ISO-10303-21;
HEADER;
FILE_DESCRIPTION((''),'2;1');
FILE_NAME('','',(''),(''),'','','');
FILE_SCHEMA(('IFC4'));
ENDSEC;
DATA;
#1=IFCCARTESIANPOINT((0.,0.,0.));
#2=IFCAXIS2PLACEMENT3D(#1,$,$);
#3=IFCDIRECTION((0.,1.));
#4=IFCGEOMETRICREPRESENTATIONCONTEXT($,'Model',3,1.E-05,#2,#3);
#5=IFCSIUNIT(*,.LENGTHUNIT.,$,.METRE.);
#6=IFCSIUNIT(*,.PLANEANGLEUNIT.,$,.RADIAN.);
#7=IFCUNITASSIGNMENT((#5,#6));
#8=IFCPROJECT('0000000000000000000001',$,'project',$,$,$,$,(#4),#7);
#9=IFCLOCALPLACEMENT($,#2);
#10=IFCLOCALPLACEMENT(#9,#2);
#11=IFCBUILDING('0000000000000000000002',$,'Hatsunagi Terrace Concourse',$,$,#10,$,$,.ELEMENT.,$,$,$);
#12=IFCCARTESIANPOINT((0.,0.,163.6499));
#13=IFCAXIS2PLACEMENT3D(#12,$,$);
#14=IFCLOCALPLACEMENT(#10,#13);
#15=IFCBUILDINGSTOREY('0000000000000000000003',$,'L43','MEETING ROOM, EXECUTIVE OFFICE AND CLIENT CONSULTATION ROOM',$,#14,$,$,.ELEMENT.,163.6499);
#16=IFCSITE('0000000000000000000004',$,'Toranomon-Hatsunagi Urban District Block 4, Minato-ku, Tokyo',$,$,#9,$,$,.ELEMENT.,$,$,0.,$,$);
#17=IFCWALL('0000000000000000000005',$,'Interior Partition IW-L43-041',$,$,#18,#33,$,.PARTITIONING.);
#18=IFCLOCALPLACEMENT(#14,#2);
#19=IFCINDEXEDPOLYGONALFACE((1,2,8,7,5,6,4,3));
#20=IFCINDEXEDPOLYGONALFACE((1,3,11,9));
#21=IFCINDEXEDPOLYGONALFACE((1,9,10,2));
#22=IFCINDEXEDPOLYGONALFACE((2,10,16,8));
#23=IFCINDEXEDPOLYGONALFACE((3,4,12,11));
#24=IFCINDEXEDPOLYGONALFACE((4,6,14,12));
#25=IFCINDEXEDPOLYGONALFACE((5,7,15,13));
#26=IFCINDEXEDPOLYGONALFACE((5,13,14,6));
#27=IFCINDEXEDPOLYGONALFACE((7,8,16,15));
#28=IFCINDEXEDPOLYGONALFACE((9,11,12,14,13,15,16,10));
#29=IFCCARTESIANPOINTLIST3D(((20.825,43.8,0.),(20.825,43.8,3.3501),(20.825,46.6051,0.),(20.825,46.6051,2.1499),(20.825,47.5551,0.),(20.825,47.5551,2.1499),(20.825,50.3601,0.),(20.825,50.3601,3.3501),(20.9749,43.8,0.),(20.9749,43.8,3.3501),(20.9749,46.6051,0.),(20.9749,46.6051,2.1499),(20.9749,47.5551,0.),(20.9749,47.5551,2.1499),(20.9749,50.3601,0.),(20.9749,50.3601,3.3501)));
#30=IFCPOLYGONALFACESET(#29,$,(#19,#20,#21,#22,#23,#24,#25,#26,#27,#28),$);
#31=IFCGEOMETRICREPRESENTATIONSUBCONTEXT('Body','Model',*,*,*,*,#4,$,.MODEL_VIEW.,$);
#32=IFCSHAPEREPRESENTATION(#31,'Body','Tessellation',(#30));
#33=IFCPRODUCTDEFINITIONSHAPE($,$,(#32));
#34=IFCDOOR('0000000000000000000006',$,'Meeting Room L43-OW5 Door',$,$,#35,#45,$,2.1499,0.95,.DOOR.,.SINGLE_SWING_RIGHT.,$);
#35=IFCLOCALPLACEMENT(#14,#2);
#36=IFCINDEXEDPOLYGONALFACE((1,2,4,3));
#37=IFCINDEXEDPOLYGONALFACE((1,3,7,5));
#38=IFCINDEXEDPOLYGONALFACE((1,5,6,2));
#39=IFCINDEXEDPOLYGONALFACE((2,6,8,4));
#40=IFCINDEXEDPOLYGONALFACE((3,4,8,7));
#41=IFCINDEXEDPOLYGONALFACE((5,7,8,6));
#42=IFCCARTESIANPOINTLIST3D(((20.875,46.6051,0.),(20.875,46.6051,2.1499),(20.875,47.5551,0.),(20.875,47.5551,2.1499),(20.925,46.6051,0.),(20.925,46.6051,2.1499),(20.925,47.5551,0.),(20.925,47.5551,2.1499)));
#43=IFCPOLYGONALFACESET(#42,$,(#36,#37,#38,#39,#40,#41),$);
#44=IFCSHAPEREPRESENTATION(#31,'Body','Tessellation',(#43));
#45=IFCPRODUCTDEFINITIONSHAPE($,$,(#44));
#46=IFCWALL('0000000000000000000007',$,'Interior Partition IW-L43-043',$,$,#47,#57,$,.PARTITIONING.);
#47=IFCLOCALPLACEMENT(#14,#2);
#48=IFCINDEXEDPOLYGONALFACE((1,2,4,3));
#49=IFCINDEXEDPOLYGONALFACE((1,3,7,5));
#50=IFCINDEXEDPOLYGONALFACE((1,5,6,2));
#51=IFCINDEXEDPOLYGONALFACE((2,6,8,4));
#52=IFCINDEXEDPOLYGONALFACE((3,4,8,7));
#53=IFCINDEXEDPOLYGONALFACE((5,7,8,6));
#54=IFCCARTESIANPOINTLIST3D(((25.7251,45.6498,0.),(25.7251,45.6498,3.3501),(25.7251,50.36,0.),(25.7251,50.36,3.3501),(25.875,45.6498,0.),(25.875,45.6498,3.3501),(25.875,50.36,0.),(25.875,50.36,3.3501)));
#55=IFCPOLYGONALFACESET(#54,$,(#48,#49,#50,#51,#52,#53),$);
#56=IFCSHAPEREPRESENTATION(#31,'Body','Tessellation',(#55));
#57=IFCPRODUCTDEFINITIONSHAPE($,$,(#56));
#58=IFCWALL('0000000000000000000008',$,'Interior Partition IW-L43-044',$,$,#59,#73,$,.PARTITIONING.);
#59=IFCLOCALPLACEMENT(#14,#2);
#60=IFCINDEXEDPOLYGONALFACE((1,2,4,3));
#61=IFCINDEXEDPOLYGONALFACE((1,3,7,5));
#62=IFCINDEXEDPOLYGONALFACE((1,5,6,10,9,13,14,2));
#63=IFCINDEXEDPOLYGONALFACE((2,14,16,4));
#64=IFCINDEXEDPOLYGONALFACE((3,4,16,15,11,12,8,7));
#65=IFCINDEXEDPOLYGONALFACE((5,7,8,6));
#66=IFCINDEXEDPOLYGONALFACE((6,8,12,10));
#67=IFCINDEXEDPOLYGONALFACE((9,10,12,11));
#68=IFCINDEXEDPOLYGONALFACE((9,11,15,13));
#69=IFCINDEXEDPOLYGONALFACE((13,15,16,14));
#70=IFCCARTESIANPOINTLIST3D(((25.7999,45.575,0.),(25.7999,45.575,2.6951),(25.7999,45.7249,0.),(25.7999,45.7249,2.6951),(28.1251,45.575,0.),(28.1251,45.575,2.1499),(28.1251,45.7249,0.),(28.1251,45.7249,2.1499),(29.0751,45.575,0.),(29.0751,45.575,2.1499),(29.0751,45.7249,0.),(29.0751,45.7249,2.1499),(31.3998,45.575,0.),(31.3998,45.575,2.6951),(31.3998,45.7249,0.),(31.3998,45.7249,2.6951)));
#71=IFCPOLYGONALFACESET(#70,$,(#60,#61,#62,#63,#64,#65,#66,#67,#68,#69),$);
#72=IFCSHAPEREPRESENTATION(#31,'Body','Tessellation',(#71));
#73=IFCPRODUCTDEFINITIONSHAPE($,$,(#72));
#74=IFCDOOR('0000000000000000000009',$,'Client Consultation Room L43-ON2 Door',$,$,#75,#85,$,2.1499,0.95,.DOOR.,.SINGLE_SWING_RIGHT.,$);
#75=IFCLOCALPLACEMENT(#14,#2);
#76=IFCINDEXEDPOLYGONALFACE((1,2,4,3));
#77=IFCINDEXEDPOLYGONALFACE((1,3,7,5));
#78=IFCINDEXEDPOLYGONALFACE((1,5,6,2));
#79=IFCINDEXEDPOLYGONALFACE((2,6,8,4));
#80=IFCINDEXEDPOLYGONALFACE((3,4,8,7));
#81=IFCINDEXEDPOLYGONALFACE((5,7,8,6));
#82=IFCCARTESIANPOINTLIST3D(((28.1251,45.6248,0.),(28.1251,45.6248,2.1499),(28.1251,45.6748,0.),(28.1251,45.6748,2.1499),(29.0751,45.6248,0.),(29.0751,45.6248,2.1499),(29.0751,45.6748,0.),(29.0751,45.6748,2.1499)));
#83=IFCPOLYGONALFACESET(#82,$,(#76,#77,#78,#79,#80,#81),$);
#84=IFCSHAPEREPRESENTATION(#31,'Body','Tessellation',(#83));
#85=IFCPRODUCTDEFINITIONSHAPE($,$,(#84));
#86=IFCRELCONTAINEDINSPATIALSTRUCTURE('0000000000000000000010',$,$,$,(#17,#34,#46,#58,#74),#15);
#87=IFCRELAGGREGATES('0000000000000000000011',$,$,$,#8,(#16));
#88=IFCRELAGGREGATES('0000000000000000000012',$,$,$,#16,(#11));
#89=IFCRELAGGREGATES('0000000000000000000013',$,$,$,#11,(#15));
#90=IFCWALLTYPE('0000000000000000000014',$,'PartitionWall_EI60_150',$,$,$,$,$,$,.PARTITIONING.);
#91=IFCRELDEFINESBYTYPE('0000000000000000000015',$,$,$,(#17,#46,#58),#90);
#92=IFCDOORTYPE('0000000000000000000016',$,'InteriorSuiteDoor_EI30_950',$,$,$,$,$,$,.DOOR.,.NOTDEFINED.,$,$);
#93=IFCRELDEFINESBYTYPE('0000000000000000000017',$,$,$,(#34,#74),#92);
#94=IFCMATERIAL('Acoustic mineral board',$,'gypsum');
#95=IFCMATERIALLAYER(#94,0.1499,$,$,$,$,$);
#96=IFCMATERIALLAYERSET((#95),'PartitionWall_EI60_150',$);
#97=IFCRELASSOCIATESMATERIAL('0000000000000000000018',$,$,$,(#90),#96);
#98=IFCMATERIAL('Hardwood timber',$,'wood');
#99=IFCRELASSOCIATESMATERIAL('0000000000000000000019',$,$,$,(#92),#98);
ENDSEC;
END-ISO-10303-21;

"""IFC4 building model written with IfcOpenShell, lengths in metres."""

from ifc_helpers import new_model, si_unit, direction, frame, frame_2d, origin, place, context, subcontext, project, spatial, rectangle, extrude, material, layer, layer_set, type_object, element, fill, save


model = new_model("IFC4")

# Units and contexts
model_context = context("Model", 3, precision=1e-05, world=origin(), true_north=direction((0.0, 1.0)))
body_context = subcontext(model_context, "Body", "Model", "MODEL_VIEW")
ifc_project = project(units=[si_unit("LENGTHUNIT", "METRE"), si_unit("PLANEANGLEUNIT", "RADIAN")], contexts=[model_context])

# Site, building, storey
site_placement = place(None, origin())
site = spatial("IfcSite", under=ifc_project, at=site_placement, Name="Toranomon-Hatsunagi Urban District Block 4, Minato-ku, Tokyo", CompositionType="ELEMENT", RefElevation=0.0)
building_placement = place(site_placement, origin())
building = spatial("IfcBuilding", under=site, at=building_placement, Name="Hatsunagi Terrace Concourse", CompositionType="ELEMENT")
storey_placement = place(building_placement, frame((0.0, 0.0, 163.6499)))
storey = spatial("IfcBuildingStorey", under=building, at=storey_placement, Name="L43", Description="MEETING ROOM, EXECUTIVE OFFICE AND CLIENT CONSULTATION ROOM", CompositionType="ELEMENT", Elevation=163.6499)

# Shared definitions
ifc_material_1 = material(Name="Acoustic mineral board", Category="gypsum")
ifc_layer_1 = layer(ifc_material_1, 0.1499)
ifc_layer_set_1 = layer_set([ifc_layer_1], Name="PartitionWall_EI60_150")
wall_type_1 = type_object("IfcWallType", Name="PartitionWall_EI60_150", PredefinedType="PARTITIONING", material=ifc_layer_set_1)

# Wall, opening, door
wall_1_placement = place(storey_placement, frame((20.8999, 43.8, 0.0), z_axis=(0.0, 0.0, 1.0), x_axis=(0.0, 1.0, 0.0)))
wall_1 = element("IfcWall", 1, at=wall_1_placement, inside=storey, type_object=wall_type_1, Name="Interior Partition IW-L43-041", PredefinedType="PARTITIONING", context=body_context, shape_type="SweptSolid", body=[
    extrude(rectangle(XDim=6.5601, YDim=0.1499, at=frame_2d((3.28, 0.0))), origin(), (0.0, 0.0, 1.0), 3.3501),
])
opening_1_placement = place(wall_1_placement, frame((2.8049, 0.0, 0.0)))
opening_1 = element("IfcOpeningElement", 2, at=opening_1_placement, cuts=wall_1, PredefinedType="OPENING", context=body_context, shape_type="SweptSolid", body=[
    extrude(rectangle(XDim=0.95, YDim=2.1499, at=frame_2d((0.4751, 1.075))), frame((0.0, 0.085, 0.0), z_axis=(0.0, -1.0, 0.0), x_axis=(1.0, 0.0, 0.0)), (0.0, 0.0, 1.0), 0.1699),
])
ifc_material_2 = material(Name="Hardwood timber", Category="wood")
door_type = type_object("IfcDoorType", Name="InteriorSuiteDoor_EI30_950", OperationType="NOTDEFINED", PredefinedType="DOOR", material=ifc_material_2)
door_1_placement = place(opening_1_placement, origin())
door_1 = element("IfcDoor", 3, at=door_1_placement, inside=storey, type_object=door_type, Name="Meeting Room L43-OW5 Door", OperationType="SINGLE_SWING_RIGHT", OverallHeight=2.1499, OverallWidth=0.95, PredefinedType="DOOR", context=body_context, shape_type="SweptSolid", body=[
    extrude(rectangle(XDim=0.95, YDim=2.1499, at=frame_2d((0.4751, 1.075))), frame((0.0, 0.0249, 0.0), z_axis=(0.0, -1.0, 0.0), x_axis=(1.0, 0.0, 0.0)), (0.0, 0.0, 1.0), 0.05),
])
fill(opening_1, door_1)

# Wall
wall_2_placement = place(storey_placement, frame((25.8, 45.6499, 0.0), z_axis=(0.0, 0.0, 1.0), x_axis=(0.0, 1.0, 0.0)))
element("IfcWall", 4, at=wall_2_placement, inside=storey, type_object=wall_type_1, Name="Interior Partition IW-L43-043", PredefinedType="PARTITIONING", context=body_context, shape_type="SweptSolid", body=[
    extrude(rectangle(XDim=4.7102, YDim=0.1499, at=frame_2d((2.355, 0.0))), origin(), (0.0, 0.0, 1.0), 3.3501),
])

# Wall, opening, door
wall_3_placement = place(storey_placement, frame((25.8, 45.6499, 0.0), z_axis=(0.0, 0.0, 1.0), x_axis=(1.0, 0.0, 0.0)))
wall_3 = element("IfcWall", 5, at=wall_3_placement, inside=storey, type_object=wall_type_1, Name="Interior Partition IW-L43-044", PredefinedType="PARTITIONING", context=body_context, shape_type="SweptSolid", body=[
    extrude(rectangle(XDim=5.5999, YDim=0.1499, at=frame_2d((2.7998, 0.0))), origin(), (0.0, 0.0, 1.0), 2.6951),
])
opening_2_placement = place(wall_3_placement, frame((2.325, 0.0, 0.0)))
opening_2 = element("IfcOpeningElement", 6, at=opening_2_placement, cuts=wall_3, PredefinedType="OPENING", context=body_context, shape_type="SweptSolid", body=[
    extrude(rectangle(XDim=0.95, YDim=2.1499, at=frame_2d((0.4751, 1.075))), frame((0.0, 0.085, 0.0), z_axis=(0.0, -1.0, 0.0), x_axis=(1.0, 0.0, 0.0)), (0.0, 0.0, 1.0), 0.1699),
])
door_2_placement = place(opening_2_placement, origin())
door_2 = element("IfcDoor", 7, at=door_2_placement, inside=storey, type_object=door_type, Name="Client Consultation Room L43-ON2 Door", OperationType="SINGLE_SWING_RIGHT", OverallHeight=2.1499, OverallWidth=0.95, PredefinedType="DOOR", context=body_context, shape_type="SweptSolid", body=[
    extrude(rectangle(XDim=0.95, YDim=2.1499, at=frame_2d((0.4751, 1.075))), frame((0.0, 0.0249, 0.0), z_axis=(0.0, -1.0, 0.0), x_axis=(1.0, 0.0, 0.0)), (0.0, 0.0, 1.0), 0.05),
])
fill(opening_2, door_2)

save(model, "model.ifc")
